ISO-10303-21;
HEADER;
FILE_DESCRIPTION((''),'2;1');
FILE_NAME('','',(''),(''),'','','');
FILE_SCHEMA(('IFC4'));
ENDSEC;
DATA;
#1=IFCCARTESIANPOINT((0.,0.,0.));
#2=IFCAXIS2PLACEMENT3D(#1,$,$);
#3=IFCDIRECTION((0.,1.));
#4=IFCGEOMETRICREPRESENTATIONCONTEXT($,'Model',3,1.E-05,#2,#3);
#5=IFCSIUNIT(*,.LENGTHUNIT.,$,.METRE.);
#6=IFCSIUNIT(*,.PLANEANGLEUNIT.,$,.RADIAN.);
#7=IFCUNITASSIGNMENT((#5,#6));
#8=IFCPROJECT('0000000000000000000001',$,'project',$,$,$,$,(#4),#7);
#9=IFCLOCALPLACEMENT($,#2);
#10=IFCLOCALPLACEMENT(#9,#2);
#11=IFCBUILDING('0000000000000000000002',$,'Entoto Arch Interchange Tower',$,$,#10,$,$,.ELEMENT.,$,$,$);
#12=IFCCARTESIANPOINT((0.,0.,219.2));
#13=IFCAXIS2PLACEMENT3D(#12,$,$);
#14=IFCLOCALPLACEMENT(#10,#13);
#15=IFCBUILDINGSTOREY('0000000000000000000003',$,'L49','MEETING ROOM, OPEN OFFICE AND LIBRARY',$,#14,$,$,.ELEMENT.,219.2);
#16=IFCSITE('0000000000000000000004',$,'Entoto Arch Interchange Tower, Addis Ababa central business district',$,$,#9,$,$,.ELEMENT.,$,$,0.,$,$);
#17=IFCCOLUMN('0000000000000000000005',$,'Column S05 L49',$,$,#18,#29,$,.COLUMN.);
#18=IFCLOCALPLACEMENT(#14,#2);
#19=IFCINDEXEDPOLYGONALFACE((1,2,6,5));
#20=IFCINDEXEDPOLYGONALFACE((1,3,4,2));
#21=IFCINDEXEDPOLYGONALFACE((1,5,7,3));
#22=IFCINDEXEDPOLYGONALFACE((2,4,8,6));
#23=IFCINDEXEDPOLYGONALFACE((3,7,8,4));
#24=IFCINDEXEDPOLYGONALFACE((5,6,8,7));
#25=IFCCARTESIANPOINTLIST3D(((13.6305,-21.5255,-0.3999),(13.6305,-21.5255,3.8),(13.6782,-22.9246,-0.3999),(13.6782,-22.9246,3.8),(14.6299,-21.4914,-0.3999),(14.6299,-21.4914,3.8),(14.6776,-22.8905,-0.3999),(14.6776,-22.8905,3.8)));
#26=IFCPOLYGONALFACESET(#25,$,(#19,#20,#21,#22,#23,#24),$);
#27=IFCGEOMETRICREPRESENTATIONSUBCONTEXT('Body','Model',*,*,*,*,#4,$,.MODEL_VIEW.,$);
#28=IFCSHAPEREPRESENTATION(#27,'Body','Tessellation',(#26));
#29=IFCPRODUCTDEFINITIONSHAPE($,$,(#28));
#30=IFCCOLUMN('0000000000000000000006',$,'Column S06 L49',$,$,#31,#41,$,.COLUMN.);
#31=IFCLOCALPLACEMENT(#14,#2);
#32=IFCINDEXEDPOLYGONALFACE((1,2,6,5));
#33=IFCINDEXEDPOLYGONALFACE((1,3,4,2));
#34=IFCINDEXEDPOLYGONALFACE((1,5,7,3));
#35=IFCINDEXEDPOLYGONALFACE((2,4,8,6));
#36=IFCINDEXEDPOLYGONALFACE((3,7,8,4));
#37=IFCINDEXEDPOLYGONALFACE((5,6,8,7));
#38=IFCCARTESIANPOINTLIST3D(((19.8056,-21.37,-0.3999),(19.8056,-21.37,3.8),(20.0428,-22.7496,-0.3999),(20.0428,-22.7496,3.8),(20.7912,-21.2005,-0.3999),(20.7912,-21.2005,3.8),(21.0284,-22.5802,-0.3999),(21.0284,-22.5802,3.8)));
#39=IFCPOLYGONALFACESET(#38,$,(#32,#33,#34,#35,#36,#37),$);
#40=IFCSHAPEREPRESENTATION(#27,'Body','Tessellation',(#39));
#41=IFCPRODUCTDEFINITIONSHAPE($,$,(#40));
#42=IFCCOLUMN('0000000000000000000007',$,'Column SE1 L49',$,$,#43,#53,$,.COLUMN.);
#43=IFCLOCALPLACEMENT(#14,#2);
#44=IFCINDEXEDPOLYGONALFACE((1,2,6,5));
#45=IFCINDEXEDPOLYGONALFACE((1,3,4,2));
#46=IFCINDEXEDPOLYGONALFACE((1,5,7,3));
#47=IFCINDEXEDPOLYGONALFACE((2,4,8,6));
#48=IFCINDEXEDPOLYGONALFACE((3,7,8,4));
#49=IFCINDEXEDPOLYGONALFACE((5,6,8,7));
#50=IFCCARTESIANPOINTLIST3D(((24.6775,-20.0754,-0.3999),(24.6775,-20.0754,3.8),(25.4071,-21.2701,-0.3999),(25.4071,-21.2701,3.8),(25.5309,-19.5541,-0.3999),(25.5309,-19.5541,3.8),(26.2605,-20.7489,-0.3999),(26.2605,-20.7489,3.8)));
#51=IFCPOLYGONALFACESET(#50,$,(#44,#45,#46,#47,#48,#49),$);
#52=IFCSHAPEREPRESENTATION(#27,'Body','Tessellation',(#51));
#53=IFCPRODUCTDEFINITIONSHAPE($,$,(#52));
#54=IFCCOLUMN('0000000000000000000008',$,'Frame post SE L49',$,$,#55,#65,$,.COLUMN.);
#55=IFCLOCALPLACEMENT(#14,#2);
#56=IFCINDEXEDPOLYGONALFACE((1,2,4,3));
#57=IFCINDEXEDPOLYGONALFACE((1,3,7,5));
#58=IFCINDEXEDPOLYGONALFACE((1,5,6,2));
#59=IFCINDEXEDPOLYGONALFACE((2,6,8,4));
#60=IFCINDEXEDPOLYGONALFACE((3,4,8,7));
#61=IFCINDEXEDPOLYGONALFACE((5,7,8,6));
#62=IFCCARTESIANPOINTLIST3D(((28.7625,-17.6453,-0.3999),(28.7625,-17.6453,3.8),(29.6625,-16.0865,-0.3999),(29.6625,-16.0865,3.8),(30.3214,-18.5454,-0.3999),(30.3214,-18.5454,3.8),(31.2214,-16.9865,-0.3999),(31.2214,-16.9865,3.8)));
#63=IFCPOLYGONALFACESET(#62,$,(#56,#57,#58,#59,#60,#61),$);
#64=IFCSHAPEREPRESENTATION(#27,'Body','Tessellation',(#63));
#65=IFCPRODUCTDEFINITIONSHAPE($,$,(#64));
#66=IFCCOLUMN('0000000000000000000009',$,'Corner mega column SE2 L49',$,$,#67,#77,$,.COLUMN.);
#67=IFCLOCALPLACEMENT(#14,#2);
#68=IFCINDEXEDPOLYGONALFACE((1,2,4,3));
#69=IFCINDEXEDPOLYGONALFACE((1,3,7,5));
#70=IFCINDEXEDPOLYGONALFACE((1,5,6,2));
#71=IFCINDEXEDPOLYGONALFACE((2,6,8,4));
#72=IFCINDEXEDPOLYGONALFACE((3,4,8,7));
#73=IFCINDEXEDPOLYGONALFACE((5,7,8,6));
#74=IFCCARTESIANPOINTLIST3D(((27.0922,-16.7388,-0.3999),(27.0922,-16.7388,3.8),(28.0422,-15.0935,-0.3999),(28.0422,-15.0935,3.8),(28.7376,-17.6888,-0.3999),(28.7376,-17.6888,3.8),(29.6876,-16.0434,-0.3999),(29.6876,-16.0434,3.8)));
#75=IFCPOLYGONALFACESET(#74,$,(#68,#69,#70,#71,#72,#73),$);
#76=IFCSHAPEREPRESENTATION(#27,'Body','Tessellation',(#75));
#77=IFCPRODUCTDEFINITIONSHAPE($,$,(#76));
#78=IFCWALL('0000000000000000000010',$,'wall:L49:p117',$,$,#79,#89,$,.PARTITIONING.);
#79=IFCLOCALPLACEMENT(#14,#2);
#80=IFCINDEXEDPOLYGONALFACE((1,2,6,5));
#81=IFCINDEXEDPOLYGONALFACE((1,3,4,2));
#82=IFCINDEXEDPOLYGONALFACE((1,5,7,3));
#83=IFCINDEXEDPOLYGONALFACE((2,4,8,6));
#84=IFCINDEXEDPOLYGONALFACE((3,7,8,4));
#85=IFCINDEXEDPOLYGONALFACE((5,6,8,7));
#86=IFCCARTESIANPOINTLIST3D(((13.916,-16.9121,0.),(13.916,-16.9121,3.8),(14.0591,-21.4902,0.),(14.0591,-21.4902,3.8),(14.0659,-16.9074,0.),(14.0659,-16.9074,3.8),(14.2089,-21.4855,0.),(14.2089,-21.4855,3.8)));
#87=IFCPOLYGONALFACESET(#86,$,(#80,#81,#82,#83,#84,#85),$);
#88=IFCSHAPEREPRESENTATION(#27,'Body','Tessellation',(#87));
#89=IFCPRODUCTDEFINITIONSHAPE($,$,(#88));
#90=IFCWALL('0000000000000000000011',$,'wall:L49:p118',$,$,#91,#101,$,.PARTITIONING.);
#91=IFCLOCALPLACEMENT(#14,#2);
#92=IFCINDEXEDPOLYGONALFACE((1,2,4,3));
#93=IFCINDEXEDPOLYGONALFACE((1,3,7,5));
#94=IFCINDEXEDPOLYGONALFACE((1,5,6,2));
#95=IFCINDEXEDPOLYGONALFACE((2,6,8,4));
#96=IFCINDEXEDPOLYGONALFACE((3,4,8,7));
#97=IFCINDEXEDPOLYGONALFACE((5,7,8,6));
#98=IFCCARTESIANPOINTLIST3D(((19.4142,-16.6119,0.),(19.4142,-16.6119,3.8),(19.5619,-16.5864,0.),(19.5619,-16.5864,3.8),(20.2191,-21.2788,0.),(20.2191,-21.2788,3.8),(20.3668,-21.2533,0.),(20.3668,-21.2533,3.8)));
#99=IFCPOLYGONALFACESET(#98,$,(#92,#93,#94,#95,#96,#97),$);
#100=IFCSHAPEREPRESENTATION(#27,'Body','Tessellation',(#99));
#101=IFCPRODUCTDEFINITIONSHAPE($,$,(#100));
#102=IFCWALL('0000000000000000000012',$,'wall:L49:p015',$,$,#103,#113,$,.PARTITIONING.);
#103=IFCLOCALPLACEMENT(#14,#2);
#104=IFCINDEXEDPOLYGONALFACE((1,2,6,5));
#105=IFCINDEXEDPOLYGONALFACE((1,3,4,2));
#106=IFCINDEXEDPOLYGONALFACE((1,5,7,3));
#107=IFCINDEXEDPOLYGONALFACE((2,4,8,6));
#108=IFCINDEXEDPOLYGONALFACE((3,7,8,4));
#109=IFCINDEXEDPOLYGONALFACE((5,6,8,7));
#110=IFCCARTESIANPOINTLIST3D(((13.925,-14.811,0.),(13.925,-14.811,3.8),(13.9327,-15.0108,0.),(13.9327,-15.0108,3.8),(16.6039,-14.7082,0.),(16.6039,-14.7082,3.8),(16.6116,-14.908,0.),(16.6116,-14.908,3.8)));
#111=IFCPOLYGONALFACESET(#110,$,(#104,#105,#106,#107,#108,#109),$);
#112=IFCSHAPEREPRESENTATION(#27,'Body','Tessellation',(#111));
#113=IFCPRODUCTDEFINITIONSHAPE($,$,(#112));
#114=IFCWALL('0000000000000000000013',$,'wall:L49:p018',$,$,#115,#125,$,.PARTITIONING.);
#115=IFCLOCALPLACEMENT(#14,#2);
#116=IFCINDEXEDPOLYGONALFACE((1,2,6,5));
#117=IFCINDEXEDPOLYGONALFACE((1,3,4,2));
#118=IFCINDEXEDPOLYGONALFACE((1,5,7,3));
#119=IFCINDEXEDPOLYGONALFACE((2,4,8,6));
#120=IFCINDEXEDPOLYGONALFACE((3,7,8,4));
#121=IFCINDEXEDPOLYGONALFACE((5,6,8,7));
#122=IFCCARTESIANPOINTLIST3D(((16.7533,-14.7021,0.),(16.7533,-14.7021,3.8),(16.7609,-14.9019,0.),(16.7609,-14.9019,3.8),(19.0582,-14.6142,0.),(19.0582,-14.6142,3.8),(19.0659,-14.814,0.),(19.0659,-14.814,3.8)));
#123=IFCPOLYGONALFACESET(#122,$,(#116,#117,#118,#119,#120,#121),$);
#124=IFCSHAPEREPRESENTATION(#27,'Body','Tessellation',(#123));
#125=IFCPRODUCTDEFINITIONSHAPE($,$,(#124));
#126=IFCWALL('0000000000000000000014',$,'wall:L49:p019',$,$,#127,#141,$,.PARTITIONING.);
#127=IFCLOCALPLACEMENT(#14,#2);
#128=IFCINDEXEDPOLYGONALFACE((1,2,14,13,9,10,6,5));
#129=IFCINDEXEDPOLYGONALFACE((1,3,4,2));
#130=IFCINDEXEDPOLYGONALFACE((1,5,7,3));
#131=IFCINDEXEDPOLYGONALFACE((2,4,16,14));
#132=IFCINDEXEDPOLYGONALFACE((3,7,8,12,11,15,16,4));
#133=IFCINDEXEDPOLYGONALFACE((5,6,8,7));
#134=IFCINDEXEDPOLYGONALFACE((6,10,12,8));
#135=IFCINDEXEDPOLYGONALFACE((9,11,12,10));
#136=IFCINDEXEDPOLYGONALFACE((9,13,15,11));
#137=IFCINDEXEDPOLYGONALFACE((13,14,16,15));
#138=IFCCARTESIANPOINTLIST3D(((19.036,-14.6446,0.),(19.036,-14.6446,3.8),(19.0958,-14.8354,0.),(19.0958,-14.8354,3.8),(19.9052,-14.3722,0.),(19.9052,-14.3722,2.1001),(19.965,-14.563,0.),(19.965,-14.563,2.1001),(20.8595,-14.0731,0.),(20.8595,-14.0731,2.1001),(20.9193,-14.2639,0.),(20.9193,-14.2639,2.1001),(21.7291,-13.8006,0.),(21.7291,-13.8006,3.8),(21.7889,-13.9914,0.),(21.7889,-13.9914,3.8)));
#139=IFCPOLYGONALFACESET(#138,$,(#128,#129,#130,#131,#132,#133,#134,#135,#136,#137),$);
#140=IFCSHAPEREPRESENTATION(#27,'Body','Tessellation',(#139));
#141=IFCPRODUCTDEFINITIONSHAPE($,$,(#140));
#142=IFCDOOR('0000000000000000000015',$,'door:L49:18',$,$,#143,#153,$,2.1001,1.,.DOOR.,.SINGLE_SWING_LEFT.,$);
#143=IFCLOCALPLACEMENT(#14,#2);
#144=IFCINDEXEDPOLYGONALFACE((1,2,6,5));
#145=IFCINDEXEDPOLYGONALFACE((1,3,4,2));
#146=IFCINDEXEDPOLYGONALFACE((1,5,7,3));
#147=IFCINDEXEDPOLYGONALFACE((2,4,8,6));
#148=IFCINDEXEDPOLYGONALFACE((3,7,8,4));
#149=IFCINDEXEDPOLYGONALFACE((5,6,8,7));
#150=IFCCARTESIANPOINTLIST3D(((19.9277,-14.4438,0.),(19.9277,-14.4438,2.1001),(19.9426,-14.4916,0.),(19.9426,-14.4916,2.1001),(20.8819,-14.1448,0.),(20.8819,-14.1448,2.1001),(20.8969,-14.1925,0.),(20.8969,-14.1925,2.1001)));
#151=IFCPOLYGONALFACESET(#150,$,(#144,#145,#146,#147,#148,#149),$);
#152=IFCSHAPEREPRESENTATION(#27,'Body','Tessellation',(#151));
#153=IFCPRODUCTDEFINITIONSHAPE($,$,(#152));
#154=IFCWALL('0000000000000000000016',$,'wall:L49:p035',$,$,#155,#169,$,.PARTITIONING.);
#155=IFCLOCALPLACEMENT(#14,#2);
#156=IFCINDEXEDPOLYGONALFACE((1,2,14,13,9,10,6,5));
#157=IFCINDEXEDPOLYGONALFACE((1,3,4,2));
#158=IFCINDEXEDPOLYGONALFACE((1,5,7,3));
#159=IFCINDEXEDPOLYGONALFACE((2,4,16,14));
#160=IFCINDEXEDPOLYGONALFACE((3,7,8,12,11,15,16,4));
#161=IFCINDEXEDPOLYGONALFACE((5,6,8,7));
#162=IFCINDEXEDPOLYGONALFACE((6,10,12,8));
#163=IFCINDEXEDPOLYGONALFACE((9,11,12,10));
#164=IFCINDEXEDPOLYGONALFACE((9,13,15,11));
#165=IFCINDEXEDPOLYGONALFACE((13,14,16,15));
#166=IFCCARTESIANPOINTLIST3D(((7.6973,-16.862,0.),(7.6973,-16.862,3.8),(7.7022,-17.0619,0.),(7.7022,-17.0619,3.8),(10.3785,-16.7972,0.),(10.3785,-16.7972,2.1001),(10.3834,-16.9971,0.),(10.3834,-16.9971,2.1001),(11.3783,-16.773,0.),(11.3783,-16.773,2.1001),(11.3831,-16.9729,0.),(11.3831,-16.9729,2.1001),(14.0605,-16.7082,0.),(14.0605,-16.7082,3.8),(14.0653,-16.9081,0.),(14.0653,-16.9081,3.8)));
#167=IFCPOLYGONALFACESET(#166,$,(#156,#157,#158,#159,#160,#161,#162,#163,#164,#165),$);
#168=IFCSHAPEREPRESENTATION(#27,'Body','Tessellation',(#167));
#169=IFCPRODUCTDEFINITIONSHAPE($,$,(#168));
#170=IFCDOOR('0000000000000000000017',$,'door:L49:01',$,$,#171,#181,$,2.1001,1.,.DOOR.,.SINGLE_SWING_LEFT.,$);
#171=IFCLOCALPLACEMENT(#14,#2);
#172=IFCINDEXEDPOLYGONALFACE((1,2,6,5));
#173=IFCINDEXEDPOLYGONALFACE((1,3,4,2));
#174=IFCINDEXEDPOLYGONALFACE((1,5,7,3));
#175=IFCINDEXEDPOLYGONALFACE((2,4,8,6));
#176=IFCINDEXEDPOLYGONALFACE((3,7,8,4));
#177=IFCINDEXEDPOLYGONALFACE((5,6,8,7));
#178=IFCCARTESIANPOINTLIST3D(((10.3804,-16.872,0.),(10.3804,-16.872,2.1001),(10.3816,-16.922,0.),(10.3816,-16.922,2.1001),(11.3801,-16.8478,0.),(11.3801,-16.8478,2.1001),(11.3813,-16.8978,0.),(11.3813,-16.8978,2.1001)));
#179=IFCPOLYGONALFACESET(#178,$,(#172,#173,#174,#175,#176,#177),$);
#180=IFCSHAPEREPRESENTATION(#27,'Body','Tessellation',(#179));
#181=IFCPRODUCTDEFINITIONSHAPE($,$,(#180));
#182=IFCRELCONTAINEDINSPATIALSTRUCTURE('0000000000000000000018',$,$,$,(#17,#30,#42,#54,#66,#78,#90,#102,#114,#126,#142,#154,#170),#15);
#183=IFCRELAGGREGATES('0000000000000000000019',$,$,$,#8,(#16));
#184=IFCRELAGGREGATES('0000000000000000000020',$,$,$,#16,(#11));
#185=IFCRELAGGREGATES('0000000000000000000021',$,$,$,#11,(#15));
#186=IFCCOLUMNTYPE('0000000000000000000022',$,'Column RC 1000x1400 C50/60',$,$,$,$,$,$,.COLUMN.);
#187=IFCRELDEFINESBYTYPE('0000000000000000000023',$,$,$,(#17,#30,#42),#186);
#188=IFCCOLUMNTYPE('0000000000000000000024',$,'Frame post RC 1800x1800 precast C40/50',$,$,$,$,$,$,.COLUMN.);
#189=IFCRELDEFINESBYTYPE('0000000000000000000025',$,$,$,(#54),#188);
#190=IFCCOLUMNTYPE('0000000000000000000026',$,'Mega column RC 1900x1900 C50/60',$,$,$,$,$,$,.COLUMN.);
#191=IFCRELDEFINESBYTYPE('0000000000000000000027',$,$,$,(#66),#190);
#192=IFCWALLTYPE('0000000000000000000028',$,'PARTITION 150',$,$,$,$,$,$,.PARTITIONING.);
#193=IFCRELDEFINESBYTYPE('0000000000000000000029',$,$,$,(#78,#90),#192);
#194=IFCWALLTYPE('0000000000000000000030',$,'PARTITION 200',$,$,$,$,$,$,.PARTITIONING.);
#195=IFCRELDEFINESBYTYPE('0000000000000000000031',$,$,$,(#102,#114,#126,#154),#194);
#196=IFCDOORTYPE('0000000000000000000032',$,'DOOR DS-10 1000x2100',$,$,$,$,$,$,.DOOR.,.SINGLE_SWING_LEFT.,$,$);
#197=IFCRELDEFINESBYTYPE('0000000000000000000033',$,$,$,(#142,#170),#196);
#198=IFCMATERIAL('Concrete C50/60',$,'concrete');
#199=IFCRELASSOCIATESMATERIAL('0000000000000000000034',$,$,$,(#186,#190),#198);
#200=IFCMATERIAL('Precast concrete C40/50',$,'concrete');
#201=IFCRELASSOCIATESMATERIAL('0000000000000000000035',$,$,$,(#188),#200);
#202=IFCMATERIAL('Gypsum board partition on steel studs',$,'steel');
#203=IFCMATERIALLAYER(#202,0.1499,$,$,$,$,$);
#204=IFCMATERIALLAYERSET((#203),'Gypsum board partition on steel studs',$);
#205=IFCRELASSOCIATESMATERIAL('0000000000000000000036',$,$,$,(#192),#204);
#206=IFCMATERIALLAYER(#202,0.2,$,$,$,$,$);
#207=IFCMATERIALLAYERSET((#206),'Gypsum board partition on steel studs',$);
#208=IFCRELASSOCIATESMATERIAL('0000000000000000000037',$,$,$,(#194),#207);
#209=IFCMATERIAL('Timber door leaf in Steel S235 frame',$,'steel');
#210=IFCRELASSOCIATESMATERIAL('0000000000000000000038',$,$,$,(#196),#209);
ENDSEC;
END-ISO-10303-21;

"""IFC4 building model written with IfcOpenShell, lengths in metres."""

from ifc_helpers import new_model, si_unit, direction, frame, frame_2d, origin, origin_2d, place, context, subcontext, project, spatial, rectangle, extrude, material, layer, layer_set, material_profile, profile_set, type_object, element, fill, save


model = new_model("IFC4")

# Units and contexts
model_context = context("Model", 3, precision=1e-05, world=origin(), true_north=direction((0.0, 1.0)))
body_context = subcontext(model_context, "Body", "Model", "MODEL_VIEW")
ifc_project = project(units=[si_unit("LENGTHUNIT", "METRE"), si_unit("PLANEANGLEUNIT", "RADIAN")], contexts=[model_context])

# Site, building, storey
site_placement = place(None, origin())
site = spatial("IfcSite", under=ifc_project, at=site_placement, Name="Entoto Arch Interchange Tower, Addis Ababa central business district", CompositionType="ELEMENT", RefElevation=0.0)
building_placement = place(site_placement, origin())
building = spatial("IfcBuilding", under=site, at=building_placement, Name="Entoto Arch Interchange Tower", CompositionType="ELEMENT")
storey_placement = place(building_placement, frame((0.0, 0.0, 219.2)))
storey = spatial("IfcBuildingStorey", under=building, at=storey_placement, Name="L49", Description="MEETING ROOM, OPEN OFFICE AND LIBRARY", CompositionType="ELEMENT", Elevation=219.2)

# Columns
ifc_material_1 = material(Name="Concrete C50/60", Category="concrete")
ifc_material_profile_1 = material_profile(ifc_material_1, rectangle(XDim=1.0, YDim=1.3999, at=origin_2d()))
ifc_profile_set_1 = profile_set([ifc_material_profile_1], Name="Concrete C50/60")
column_type_1 = type_object("IfcColumnType", Name="Column RC 1000x1400 C50/60", PredefinedType="COLUMN", material=ifc_profile_set_1)
for number, where, z_axis, x_axis, name in (
    (1, (14.1541, -22.208, -0.3999), (0.0, 0.0, 1.0), (0.999421, 0.034027, 0.0), "Column S05 L49"),
    (2, (20.417, -21.9751, -0.3999), (0.0, 0.0, 1.0), (0.985541, 0.169436, 0.0), "Column S06 L49"),
    (3, (25.469, -20.4121, -0.3999), (0.0, 0.0, 1.0), (0.853423, 0.521218, 0.0), "Column SE1 L49"),
):
    element("IfcColumn", number, at=place(storey_placement, frame(where, z_axis=z_axis, x_axis=x_axis)), inside=storey, type_object=column_type_1, Name=name, PredefinedType="COLUMN", context=body_context, shape_type="SweptSolid", body=[
        extrude(rectangle(XDim=1.0, YDim=1.3999, at=origin_2d()), origin(), (0.0, 0.0, 1.0), 4.2),
    ])
ifc_material_2 = material(Name="Precast concrete C40/50", Category="concrete")
ifc_material_profile_2 = material_profile(ifc_material_2, rectangle(XDim=1.8, YDim=1.8, at=origin_2d()))
ifc_profile_set_2 = profile_set([ifc_material_profile_2], Name="Precast concrete C40/50")
column_type_2 = type_object("IfcColumnType", Name="Frame post RC 1800x1800 precast C40/50", PredefinedType="COLUMN", material=ifc_profile_set_2)
column_1_placement = place(storey_placement, frame((29.9919, -17.3159, -0.3999), z_axis=(0.0, 0.0, 1.0), x_axis=(-0.866025, 0.5, 0.0)))
element("IfcColumn", 4, at=column_1_placement, inside=storey, type_object=column_type_2, Name="Frame post SE L49", PredefinedType="COLUMN", context=body_context, shape_type="SweptSolid", body=[
    extrude(rectangle(XDim=1.8, YDim=1.8, at=origin_2d()), origin(), (0.0, 0.0, 1.0), 4.2),
])
ifc_material_profile_3 = material_profile(ifc_material_1, rectangle(XDim=1.8999, YDim=1.8999, at=origin_2d()))
ifc_profile_set_3 = profile_set([ifc_material_profile_3], Name="Concrete C50/60")
column_type_3 = type_object("IfcColumnType", Name="Mega column RC 1900x1900 C50/60", PredefinedType="COLUMN", material=ifc_profile_set_3)
column_2_placement = place(storey_placement, frame((28.3899, -16.3911, -0.3999), z_axis=(0.0, 0.0, 1.0), x_axis=(-0.866025, 0.5, 0.0)))
element("IfcColumn", 5, at=column_2_placement, inside=storey, type_object=column_type_3, Name="Corner mega column SE2 L49", PredefinedType="COLUMN", context=body_context, shape_type="SweptSolid", body=[
    extrude(rectangle(XDim=1.8999, YDim=1.8999, at=origin_2d()), origin(), (0.0, 0.0, 1.0), 4.2),
])

# Walls
ifc_material_3 = material(Name="Gypsum board partition on steel studs", Category="steel")
ifc_layer_1 = layer(ifc_material_3, 0.1499)
ifc_layer_set_1 = layer_set([ifc_layer_1], Name="Gypsum board partition on steel studs")
wall_type_1 = type_object("IfcWallType", Name="PARTITION 150", PredefinedType="PARTITIONING", material=ifc_layer_set_1)
wall_1_placement = place(storey_placement, frame((13.991, -16.9099, 0.0), z_axis=(0.0, 0.0, 1.0), x_axis=(0.031235, -0.999512, 0.0)))
element("IfcWall", 6, at=wall_1_placement, inside=storey, type_object=wall_type_1, Name="wall:L49:p117", PredefinedType="PARTITIONING", context=body_context, shape_type="SweptSolid", body=[
    extrude(rectangle(XDim=4.5803, YDim=0.1499, at=frame_2d((2.29, 0.0))), origin(), (0.0, 0.0, 1.0), 3.8),
])
wall_2_placement = place(storey_placement, frame((19.488, -16.5991, 0.0), z_axis=(0.0, 0.0, 1.0), x_axis=(0.169964, -0.98545, 0.0)))
element("IfcWall", 7, at=wall_2_placement, inside=storey, type_object=wall_type_1, Name="wall:L49:p118", PredefinedType="PARTITIONING", context=body_context, shape_type="SweptSolid", body=[
    extrude(rectangle(XDim=4.7358, YDim=0.1499, at=frame_2d((2.3679, 0.0))), origin(), (0.0, 0.0, 1.0), 3.8),
])
ifc_layer_2 = layer(ifc_material_3, 0.2)
ifc_layer_set_2 = layer_set([ifc_layer_2], Name="Gypsum board partition on steel studs")
wall_type_2 = type_object("IfcWallType", Name="PARTITION 200", PredefinedType="PARTITIONING", material=ifc_layer_set_2)
wall_3_placement = place(storey_placement, frame((13.929, -14.9109, 0.0), z_axis=(0.0, 0.0, 1.0), x_axis=(0.999265, 0.038339, 0.0)))
element("IfcWall", 8, at=wall_3_placement, inside=storey, type_object=wall_type_2, Name="wall:L49:p015", PredefinedType="PARTITIONING", context=body_context, shape_type="SweptSolid", body=[
    extrude(rectangle(XDim=2.6809, YDim=0.2, at=frame_2d((1.3403, 0.0))), origin(), (0.0, 0.0, 1.0), 3.8),
])
wall_4_placement = place(storey_placement, frame((16.7571, -14.802, 0.0), z_axis=(0.0, 0.0, 1.0), x_axis=(0.999274, 0.038104, 0.0)))
element("IfcWall", 9, at=wall_4_placement, inside=storey, type_object=wall_type_2, Name="wall:L49:p018", PredefinedType="PARTITIONING", context=body_context, shape_type="SweptSolid", body=[
    extrude(rectangle(XDim=2.3066, YDim=0.2, at=frame_2d((1.1533, 0.0))), origin(), (0.0, 0.0, 1.0), 3.8),
])

# Walls, openings, doors
wall_5_placement = place(storey_placement, frame((19.0659, -14.74, 0.0), z_axis=(0.0, 0.0, 1.0), x_axis=(0.954238, 0.299048, 0.0)))
wall_5 = element("IfcWall", 10, at=wall_5_placement, inside=storey, type_object=wall_type_2, Name="wall:L49:p019", PredefinedType="PARTITIONING", context=body_context, shape_type="SweptSolid", body=[
    extrude(rectangle(XDim=2.8223, YDim=0.2, at=frame_2d((1.4111, 0.0))), origin(), (0.0, 0.0, 1.0), 3.8),
])
opening_1_placement = place(wall_5_placement, frame((0.9109, 0.0, 0.0)))
opening_1 = element("IfcOpeningElement", 11, at=opening_1_placement, cuts=wall_5, PredefinedType="OPENING", context=body_context, shape_type="SweptSolid", body=[
    extrude(rectangle(XDim=1.0, YDim=2.1001, at=frame_2d((0.5, 1.05))), frame((0.0, 0.1099, 0.0), z_axis=(0.0, -1.0, 0.0), x_axis=(1.0, 0.0, 0.0)), (0.0, 0.0, 1.0), 0.22),
])
ifc_material_4 = material(Name="Timber door leaf in Steel S235 frame", Category="steel")
door_type = type_object("IfcDoorType", Name="DOOR DS-10 1000x2100", OperationType="SINGLE_SWING_LEFT", PredefinedType="DOOR", material=ifc_material_4)
door_1_placement = place(opening_1_placement, origin())
door_1 = element("IfcDoor", 12, at=door_1_placement, inside=storey, type_object=door_type, Name="door:L49:18", OperationType="SINGLE_SWING_LEFT", OverallHeight=2.1001, OverallWidth=1.0, PredefinedType="DOOR", context=body_context, shape_type="SweptSolid", body=[
    extrude(rectangle(XDim=1.0, YDim=2.1001, at=frame_2d((0.5, 1.05))), frame((0.0, 0.0249, 0.0), z_axis=(0.0, -1.0, 0.0), x_axis=(1.0, 0.0, 0.0)), (0.0, 0.0, 1.0), 0.05),
])
fill(opening_1, door_1)
wall_6_placement = place(storey_placement, frame((14.063, -16.8081, 0.0), z_axis=(0.0, 0.0, 1.0), x_axis=(-0.999708, -0.024165, 0.0)))
wall_6 = element("IfcWall", 13, at=wall_6_placement, inside=storey, type_object=wall_type_2, Name="wall:L49:p035", PredefinedType="PARTITIONING", context=body_context, shape_type="SweptSolid", body=[
    extrude(rectangle(XDim=6.365, YDim=0.2, at=frame_2d((3.1826, 0.0))), origin(), (0.0, 0.0, 1.0), 3.8),
])
opening_2_placement = place(wall_6_placement, frame((2.6831, 0.0, 0.0)))
opening_2 = element("IfcOpeningElement", 14, at=opening_2_placement, cuts=wall_6, PredefinedType="OPENING", context=body_context, shape_type="SweptSolid", body=[
    extrude(rectangle(XDim=1.0, YDim=2.1001, at=frame_2d((0.5, 1.05))), frame((0.0, 0.1099, 0.0), z_axis=(0.0, -1.0, 0.0), x_axis=(1.0, 0.0, 0.0)), (0.0, 0.0, 1.0), 0.22),
])
door_2_placement = place(opening_2_placement, origin())
door_2 = element("IfcDoor", 15, at=door_2_placement, inside=storey, type_object=door_type, Name="door:L49:01", OperationType="SINGLE_SWING_LEFT", OverallHeight=2.1001, OverallWidth=1.0, PredefinedType="DOOR", context=body_context, shape_type="SweptSolid", body=[
    extrude(rectangle(XDim=1.0, YDim=2.1001, at=frame_2d((0.5, 1.05))), frame((0.0, 0.0249, 0.0), z_axis=(0.0, -1.0, 0.0), x_axis=(1.0, 0.0, 0.0)), (0.0, 0.0, 1.0), 0.05),
])
fill(opening_2, door_2)

save(model, "model.ifc")
